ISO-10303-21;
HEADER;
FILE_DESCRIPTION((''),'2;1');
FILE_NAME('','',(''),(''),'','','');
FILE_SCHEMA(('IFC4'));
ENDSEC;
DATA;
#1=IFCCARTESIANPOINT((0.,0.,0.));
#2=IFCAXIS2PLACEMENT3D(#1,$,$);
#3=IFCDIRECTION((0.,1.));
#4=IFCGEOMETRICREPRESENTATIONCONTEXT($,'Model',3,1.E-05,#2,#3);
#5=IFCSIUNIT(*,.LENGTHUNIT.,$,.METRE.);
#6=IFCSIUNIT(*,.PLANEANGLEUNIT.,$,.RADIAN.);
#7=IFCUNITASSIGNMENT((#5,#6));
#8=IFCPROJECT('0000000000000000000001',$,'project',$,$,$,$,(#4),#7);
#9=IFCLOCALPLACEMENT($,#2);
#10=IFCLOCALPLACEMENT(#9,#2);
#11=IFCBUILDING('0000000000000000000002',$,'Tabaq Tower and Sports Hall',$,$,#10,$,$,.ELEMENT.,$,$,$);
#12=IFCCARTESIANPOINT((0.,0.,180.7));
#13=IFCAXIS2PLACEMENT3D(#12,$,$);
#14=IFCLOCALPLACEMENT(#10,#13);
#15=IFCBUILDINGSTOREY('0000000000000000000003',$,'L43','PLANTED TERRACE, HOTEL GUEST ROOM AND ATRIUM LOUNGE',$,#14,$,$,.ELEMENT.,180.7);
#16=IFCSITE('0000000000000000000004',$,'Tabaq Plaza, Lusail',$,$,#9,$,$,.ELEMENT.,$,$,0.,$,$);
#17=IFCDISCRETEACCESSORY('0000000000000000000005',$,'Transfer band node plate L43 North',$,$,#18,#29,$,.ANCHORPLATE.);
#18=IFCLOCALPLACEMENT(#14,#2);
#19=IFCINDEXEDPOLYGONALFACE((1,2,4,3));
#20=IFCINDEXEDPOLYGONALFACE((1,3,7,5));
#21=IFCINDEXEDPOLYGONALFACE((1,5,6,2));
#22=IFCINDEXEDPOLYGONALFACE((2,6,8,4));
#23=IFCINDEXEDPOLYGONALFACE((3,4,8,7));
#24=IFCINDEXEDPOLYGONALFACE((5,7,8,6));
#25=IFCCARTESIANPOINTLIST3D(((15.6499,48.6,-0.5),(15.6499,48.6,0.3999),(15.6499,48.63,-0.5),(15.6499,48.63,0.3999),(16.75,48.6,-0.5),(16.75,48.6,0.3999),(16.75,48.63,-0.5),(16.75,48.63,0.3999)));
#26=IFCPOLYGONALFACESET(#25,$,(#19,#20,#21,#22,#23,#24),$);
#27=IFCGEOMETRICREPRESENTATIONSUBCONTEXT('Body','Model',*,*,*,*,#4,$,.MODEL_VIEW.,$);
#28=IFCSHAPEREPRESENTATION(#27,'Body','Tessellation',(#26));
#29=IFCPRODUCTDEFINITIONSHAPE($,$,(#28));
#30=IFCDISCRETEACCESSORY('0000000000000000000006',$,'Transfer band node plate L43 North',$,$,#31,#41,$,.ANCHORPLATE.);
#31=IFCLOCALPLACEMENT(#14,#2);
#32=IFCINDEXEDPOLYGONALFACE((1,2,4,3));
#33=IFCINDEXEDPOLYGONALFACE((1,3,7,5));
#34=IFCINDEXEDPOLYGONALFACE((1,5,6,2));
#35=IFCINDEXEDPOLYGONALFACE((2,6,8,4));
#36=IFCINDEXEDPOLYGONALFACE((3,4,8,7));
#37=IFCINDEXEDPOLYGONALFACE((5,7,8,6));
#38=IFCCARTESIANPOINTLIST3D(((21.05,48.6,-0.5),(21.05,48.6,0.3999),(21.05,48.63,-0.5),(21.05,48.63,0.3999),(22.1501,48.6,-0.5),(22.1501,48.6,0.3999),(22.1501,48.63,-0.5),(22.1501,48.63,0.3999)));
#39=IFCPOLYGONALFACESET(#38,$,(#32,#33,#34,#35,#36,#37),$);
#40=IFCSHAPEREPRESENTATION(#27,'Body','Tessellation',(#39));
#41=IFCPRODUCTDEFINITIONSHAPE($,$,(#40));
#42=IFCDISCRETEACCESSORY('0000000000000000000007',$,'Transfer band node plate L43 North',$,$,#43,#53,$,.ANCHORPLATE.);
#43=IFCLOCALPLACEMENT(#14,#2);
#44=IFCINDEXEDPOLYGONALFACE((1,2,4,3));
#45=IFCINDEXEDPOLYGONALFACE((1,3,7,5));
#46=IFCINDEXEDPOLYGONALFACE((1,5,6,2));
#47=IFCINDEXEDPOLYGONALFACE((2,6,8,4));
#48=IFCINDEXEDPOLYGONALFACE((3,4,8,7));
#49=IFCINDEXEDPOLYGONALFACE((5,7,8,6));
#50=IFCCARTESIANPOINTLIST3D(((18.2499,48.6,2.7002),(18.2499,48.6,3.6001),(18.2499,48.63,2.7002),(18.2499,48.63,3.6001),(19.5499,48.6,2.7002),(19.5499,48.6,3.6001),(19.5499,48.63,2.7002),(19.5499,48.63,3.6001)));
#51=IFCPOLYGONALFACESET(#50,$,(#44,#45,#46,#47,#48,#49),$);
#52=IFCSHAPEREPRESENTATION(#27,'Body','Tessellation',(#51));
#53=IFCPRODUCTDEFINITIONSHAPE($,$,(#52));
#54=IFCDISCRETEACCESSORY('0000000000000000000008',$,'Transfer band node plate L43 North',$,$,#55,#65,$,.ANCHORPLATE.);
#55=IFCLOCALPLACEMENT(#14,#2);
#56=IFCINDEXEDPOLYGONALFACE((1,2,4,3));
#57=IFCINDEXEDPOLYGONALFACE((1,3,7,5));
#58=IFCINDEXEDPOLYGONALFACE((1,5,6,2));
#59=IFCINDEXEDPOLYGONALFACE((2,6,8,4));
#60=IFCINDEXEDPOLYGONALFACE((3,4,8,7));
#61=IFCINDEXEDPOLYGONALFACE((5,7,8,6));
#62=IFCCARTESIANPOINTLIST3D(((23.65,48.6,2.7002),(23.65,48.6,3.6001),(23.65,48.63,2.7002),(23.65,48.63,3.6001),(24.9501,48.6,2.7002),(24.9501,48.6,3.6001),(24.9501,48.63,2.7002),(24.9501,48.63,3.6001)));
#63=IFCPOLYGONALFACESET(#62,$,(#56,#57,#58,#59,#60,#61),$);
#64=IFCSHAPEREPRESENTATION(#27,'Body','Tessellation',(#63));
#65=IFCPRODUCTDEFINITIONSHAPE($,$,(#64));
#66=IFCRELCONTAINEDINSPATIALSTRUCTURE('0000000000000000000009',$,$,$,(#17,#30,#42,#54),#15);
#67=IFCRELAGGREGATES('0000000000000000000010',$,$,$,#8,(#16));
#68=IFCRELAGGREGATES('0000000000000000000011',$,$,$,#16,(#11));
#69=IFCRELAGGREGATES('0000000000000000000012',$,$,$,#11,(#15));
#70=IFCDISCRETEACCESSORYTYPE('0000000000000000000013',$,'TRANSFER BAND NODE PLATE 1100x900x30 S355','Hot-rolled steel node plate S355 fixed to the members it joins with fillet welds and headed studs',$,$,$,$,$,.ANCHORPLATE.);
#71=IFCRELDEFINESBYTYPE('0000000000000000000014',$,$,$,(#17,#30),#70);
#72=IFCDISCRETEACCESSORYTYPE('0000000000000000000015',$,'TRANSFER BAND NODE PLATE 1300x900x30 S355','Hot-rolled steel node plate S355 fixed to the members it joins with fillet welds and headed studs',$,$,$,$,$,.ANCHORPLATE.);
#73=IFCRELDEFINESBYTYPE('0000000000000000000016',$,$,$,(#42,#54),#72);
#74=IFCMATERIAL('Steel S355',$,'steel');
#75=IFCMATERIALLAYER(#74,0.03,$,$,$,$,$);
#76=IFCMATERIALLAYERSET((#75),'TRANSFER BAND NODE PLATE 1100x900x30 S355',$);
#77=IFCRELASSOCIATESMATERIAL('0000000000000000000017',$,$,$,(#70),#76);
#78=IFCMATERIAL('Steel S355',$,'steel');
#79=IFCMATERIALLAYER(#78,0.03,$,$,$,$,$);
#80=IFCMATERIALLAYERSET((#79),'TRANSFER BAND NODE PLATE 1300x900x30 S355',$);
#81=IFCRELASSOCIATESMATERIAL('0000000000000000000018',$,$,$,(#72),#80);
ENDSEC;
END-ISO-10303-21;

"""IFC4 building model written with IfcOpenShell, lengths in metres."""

from ifc_helpers import new_model, si_unit, direction, frame, origin, origin_2d, place, context, subcontext, project, spatial, rectangle, extrude, material, layer, layer_set, type_object, element, save


model = new_model("IFC4")

# Units and contexts
model_context = context("Model", 3, precision=1e-05, world=origin(), true_north=direction((0.0, 1.0)))
body_context = subcontext(model_context, "Body", "Model", "MODEL_VIEW")
ifc_project = project(units=[si_unit("LENGTHUNIT", "METRE"), si_unit("PLANEANGLEUNIT", "RADIAN")], contexts=[model_context])

# Site, building, storey
site_placement = place(None, origin())
site = spatial("IfcSite", under=ifc_project, at=site_placement, Name="Tabaq Plaza, Lusail", CompositionType="ELEMENT", RefElevation=0.0)
building_placement = place(site_placement, origin())
building = spatial("IfcBuilding", under=site, at=building_placement, Name="Tabaq Tower and Sports Hall", CompositionType="ELEMENT")
storey_placement = place(building_placement, frame((0.0, 0.0, 180.7)))
storey = spatial("IfcBuildingStorey", under=building, at=storey_placement, Name="L43", Description="PLANTED TERRACE, HOTEL GUEST ROOM AND ATRIUM LOUNGE", CompositionType="ELEMENT", Elevation=180.7)

# Discrete accessories
ifc_material_1 = material(Name="Steel S355", Category="steel")
ifc_layer_1 = layer(ifc_material_1, 0.03)
ifc_layer_set_1 = layer_set([ifc_layer_1], Name="TRANSFER BAND NODE PLATE 1100x900x30 S355")
discrete_accessory_type_1 = type_object("IfcDiscreteAccessoryType", Name="TRANSFER BAND NODE PLATE 1100x900x30 S355", Description="Hot-rolled steel node plate S355 fixed to the members it joins with fillet welds and headed studs", PredefinedType="ANCHORPLATE", material=ifc_layer_set_1)
for number, where, z_axis, x_axis, name in (
    (1, (16.2, 48.615, -0.5), (0.0, 0.0, 1.0), (-1.0, 0.0, 0.0), "Transfer band node plate L43 North"),
    (2, (21.6001, 48.615, -0.5), (0.0, 0.0, 1.0), (-1.0, 0.0, 0.0), "Transfer band node plate L43 North"),
):
    element("IfcDiscreteAccessory", number, at=place(storey_placement, frame(where, z_axis=z_axis, x_axis=x_axis)), inside=storey, type_object=discrete_accessory_type_1, Name=name, PredefinedType="ANCHORPLATE", context=body_context, shape_type="SweptSolid", body=[
        extrude(rectangle(XDim=1.1001, YDim=0.03, at=origin_2d()), origin(), (0.0, 0.0, 1.0), 0.8999),
    ])
ifc_material_2 = material(Name="Steel S355", Category="steel")
ifc_layer_2 = layer(ifc_material_2, 0.03)
ifc_layer_set_2 = layer_set([ifc_layer_2], Name="TRANSFER BAND NODE PLATE 1300x900x30 S355")
discrete_accessory_type_2 = type_object("IfcDiscreteAccessoryType", Name="TRANSFER BAND NODE PLATE 1300x900x30 S355", Description="Hot-rolled steel node plate S355 fixed to the members it joins with fillet welds and headed studs", PredefinedType="ANCHORPLATE", material=ifc_layer_set_2)
for number, where, z_axis, x_axis, name in (
    (3, (18.8999, 48.615, 2.7002), (0.0, 0.0, 1.0), (-1.0, 0.0, 0.0), "Transfer band node plate L43 North"),
    (4, (24.3, 48.615, 2.7002), (0.0, 0.0, 1.0), (-1.0, 0.0, 0.0), "Transfer band node plate L43 North"),
):
    element("IfcDiscreteAccessory", number, at=place(storey_placement, frame(where, z_axis=z_axis, x_axis=x_axis)), inside=storey, type_object=discrete_accessory_type_2, Name=name, PredefinedType="ANCHORPLATE", context=body_context, shape_type="SweptSolid", body=[
        extrude(rectangle(XDim=1.3, YDim=0.03, at=origin_2d()), origin(), (0.0, 0.0, 1.0), 0.8999),
    ])

save(model, "model.ifc")
